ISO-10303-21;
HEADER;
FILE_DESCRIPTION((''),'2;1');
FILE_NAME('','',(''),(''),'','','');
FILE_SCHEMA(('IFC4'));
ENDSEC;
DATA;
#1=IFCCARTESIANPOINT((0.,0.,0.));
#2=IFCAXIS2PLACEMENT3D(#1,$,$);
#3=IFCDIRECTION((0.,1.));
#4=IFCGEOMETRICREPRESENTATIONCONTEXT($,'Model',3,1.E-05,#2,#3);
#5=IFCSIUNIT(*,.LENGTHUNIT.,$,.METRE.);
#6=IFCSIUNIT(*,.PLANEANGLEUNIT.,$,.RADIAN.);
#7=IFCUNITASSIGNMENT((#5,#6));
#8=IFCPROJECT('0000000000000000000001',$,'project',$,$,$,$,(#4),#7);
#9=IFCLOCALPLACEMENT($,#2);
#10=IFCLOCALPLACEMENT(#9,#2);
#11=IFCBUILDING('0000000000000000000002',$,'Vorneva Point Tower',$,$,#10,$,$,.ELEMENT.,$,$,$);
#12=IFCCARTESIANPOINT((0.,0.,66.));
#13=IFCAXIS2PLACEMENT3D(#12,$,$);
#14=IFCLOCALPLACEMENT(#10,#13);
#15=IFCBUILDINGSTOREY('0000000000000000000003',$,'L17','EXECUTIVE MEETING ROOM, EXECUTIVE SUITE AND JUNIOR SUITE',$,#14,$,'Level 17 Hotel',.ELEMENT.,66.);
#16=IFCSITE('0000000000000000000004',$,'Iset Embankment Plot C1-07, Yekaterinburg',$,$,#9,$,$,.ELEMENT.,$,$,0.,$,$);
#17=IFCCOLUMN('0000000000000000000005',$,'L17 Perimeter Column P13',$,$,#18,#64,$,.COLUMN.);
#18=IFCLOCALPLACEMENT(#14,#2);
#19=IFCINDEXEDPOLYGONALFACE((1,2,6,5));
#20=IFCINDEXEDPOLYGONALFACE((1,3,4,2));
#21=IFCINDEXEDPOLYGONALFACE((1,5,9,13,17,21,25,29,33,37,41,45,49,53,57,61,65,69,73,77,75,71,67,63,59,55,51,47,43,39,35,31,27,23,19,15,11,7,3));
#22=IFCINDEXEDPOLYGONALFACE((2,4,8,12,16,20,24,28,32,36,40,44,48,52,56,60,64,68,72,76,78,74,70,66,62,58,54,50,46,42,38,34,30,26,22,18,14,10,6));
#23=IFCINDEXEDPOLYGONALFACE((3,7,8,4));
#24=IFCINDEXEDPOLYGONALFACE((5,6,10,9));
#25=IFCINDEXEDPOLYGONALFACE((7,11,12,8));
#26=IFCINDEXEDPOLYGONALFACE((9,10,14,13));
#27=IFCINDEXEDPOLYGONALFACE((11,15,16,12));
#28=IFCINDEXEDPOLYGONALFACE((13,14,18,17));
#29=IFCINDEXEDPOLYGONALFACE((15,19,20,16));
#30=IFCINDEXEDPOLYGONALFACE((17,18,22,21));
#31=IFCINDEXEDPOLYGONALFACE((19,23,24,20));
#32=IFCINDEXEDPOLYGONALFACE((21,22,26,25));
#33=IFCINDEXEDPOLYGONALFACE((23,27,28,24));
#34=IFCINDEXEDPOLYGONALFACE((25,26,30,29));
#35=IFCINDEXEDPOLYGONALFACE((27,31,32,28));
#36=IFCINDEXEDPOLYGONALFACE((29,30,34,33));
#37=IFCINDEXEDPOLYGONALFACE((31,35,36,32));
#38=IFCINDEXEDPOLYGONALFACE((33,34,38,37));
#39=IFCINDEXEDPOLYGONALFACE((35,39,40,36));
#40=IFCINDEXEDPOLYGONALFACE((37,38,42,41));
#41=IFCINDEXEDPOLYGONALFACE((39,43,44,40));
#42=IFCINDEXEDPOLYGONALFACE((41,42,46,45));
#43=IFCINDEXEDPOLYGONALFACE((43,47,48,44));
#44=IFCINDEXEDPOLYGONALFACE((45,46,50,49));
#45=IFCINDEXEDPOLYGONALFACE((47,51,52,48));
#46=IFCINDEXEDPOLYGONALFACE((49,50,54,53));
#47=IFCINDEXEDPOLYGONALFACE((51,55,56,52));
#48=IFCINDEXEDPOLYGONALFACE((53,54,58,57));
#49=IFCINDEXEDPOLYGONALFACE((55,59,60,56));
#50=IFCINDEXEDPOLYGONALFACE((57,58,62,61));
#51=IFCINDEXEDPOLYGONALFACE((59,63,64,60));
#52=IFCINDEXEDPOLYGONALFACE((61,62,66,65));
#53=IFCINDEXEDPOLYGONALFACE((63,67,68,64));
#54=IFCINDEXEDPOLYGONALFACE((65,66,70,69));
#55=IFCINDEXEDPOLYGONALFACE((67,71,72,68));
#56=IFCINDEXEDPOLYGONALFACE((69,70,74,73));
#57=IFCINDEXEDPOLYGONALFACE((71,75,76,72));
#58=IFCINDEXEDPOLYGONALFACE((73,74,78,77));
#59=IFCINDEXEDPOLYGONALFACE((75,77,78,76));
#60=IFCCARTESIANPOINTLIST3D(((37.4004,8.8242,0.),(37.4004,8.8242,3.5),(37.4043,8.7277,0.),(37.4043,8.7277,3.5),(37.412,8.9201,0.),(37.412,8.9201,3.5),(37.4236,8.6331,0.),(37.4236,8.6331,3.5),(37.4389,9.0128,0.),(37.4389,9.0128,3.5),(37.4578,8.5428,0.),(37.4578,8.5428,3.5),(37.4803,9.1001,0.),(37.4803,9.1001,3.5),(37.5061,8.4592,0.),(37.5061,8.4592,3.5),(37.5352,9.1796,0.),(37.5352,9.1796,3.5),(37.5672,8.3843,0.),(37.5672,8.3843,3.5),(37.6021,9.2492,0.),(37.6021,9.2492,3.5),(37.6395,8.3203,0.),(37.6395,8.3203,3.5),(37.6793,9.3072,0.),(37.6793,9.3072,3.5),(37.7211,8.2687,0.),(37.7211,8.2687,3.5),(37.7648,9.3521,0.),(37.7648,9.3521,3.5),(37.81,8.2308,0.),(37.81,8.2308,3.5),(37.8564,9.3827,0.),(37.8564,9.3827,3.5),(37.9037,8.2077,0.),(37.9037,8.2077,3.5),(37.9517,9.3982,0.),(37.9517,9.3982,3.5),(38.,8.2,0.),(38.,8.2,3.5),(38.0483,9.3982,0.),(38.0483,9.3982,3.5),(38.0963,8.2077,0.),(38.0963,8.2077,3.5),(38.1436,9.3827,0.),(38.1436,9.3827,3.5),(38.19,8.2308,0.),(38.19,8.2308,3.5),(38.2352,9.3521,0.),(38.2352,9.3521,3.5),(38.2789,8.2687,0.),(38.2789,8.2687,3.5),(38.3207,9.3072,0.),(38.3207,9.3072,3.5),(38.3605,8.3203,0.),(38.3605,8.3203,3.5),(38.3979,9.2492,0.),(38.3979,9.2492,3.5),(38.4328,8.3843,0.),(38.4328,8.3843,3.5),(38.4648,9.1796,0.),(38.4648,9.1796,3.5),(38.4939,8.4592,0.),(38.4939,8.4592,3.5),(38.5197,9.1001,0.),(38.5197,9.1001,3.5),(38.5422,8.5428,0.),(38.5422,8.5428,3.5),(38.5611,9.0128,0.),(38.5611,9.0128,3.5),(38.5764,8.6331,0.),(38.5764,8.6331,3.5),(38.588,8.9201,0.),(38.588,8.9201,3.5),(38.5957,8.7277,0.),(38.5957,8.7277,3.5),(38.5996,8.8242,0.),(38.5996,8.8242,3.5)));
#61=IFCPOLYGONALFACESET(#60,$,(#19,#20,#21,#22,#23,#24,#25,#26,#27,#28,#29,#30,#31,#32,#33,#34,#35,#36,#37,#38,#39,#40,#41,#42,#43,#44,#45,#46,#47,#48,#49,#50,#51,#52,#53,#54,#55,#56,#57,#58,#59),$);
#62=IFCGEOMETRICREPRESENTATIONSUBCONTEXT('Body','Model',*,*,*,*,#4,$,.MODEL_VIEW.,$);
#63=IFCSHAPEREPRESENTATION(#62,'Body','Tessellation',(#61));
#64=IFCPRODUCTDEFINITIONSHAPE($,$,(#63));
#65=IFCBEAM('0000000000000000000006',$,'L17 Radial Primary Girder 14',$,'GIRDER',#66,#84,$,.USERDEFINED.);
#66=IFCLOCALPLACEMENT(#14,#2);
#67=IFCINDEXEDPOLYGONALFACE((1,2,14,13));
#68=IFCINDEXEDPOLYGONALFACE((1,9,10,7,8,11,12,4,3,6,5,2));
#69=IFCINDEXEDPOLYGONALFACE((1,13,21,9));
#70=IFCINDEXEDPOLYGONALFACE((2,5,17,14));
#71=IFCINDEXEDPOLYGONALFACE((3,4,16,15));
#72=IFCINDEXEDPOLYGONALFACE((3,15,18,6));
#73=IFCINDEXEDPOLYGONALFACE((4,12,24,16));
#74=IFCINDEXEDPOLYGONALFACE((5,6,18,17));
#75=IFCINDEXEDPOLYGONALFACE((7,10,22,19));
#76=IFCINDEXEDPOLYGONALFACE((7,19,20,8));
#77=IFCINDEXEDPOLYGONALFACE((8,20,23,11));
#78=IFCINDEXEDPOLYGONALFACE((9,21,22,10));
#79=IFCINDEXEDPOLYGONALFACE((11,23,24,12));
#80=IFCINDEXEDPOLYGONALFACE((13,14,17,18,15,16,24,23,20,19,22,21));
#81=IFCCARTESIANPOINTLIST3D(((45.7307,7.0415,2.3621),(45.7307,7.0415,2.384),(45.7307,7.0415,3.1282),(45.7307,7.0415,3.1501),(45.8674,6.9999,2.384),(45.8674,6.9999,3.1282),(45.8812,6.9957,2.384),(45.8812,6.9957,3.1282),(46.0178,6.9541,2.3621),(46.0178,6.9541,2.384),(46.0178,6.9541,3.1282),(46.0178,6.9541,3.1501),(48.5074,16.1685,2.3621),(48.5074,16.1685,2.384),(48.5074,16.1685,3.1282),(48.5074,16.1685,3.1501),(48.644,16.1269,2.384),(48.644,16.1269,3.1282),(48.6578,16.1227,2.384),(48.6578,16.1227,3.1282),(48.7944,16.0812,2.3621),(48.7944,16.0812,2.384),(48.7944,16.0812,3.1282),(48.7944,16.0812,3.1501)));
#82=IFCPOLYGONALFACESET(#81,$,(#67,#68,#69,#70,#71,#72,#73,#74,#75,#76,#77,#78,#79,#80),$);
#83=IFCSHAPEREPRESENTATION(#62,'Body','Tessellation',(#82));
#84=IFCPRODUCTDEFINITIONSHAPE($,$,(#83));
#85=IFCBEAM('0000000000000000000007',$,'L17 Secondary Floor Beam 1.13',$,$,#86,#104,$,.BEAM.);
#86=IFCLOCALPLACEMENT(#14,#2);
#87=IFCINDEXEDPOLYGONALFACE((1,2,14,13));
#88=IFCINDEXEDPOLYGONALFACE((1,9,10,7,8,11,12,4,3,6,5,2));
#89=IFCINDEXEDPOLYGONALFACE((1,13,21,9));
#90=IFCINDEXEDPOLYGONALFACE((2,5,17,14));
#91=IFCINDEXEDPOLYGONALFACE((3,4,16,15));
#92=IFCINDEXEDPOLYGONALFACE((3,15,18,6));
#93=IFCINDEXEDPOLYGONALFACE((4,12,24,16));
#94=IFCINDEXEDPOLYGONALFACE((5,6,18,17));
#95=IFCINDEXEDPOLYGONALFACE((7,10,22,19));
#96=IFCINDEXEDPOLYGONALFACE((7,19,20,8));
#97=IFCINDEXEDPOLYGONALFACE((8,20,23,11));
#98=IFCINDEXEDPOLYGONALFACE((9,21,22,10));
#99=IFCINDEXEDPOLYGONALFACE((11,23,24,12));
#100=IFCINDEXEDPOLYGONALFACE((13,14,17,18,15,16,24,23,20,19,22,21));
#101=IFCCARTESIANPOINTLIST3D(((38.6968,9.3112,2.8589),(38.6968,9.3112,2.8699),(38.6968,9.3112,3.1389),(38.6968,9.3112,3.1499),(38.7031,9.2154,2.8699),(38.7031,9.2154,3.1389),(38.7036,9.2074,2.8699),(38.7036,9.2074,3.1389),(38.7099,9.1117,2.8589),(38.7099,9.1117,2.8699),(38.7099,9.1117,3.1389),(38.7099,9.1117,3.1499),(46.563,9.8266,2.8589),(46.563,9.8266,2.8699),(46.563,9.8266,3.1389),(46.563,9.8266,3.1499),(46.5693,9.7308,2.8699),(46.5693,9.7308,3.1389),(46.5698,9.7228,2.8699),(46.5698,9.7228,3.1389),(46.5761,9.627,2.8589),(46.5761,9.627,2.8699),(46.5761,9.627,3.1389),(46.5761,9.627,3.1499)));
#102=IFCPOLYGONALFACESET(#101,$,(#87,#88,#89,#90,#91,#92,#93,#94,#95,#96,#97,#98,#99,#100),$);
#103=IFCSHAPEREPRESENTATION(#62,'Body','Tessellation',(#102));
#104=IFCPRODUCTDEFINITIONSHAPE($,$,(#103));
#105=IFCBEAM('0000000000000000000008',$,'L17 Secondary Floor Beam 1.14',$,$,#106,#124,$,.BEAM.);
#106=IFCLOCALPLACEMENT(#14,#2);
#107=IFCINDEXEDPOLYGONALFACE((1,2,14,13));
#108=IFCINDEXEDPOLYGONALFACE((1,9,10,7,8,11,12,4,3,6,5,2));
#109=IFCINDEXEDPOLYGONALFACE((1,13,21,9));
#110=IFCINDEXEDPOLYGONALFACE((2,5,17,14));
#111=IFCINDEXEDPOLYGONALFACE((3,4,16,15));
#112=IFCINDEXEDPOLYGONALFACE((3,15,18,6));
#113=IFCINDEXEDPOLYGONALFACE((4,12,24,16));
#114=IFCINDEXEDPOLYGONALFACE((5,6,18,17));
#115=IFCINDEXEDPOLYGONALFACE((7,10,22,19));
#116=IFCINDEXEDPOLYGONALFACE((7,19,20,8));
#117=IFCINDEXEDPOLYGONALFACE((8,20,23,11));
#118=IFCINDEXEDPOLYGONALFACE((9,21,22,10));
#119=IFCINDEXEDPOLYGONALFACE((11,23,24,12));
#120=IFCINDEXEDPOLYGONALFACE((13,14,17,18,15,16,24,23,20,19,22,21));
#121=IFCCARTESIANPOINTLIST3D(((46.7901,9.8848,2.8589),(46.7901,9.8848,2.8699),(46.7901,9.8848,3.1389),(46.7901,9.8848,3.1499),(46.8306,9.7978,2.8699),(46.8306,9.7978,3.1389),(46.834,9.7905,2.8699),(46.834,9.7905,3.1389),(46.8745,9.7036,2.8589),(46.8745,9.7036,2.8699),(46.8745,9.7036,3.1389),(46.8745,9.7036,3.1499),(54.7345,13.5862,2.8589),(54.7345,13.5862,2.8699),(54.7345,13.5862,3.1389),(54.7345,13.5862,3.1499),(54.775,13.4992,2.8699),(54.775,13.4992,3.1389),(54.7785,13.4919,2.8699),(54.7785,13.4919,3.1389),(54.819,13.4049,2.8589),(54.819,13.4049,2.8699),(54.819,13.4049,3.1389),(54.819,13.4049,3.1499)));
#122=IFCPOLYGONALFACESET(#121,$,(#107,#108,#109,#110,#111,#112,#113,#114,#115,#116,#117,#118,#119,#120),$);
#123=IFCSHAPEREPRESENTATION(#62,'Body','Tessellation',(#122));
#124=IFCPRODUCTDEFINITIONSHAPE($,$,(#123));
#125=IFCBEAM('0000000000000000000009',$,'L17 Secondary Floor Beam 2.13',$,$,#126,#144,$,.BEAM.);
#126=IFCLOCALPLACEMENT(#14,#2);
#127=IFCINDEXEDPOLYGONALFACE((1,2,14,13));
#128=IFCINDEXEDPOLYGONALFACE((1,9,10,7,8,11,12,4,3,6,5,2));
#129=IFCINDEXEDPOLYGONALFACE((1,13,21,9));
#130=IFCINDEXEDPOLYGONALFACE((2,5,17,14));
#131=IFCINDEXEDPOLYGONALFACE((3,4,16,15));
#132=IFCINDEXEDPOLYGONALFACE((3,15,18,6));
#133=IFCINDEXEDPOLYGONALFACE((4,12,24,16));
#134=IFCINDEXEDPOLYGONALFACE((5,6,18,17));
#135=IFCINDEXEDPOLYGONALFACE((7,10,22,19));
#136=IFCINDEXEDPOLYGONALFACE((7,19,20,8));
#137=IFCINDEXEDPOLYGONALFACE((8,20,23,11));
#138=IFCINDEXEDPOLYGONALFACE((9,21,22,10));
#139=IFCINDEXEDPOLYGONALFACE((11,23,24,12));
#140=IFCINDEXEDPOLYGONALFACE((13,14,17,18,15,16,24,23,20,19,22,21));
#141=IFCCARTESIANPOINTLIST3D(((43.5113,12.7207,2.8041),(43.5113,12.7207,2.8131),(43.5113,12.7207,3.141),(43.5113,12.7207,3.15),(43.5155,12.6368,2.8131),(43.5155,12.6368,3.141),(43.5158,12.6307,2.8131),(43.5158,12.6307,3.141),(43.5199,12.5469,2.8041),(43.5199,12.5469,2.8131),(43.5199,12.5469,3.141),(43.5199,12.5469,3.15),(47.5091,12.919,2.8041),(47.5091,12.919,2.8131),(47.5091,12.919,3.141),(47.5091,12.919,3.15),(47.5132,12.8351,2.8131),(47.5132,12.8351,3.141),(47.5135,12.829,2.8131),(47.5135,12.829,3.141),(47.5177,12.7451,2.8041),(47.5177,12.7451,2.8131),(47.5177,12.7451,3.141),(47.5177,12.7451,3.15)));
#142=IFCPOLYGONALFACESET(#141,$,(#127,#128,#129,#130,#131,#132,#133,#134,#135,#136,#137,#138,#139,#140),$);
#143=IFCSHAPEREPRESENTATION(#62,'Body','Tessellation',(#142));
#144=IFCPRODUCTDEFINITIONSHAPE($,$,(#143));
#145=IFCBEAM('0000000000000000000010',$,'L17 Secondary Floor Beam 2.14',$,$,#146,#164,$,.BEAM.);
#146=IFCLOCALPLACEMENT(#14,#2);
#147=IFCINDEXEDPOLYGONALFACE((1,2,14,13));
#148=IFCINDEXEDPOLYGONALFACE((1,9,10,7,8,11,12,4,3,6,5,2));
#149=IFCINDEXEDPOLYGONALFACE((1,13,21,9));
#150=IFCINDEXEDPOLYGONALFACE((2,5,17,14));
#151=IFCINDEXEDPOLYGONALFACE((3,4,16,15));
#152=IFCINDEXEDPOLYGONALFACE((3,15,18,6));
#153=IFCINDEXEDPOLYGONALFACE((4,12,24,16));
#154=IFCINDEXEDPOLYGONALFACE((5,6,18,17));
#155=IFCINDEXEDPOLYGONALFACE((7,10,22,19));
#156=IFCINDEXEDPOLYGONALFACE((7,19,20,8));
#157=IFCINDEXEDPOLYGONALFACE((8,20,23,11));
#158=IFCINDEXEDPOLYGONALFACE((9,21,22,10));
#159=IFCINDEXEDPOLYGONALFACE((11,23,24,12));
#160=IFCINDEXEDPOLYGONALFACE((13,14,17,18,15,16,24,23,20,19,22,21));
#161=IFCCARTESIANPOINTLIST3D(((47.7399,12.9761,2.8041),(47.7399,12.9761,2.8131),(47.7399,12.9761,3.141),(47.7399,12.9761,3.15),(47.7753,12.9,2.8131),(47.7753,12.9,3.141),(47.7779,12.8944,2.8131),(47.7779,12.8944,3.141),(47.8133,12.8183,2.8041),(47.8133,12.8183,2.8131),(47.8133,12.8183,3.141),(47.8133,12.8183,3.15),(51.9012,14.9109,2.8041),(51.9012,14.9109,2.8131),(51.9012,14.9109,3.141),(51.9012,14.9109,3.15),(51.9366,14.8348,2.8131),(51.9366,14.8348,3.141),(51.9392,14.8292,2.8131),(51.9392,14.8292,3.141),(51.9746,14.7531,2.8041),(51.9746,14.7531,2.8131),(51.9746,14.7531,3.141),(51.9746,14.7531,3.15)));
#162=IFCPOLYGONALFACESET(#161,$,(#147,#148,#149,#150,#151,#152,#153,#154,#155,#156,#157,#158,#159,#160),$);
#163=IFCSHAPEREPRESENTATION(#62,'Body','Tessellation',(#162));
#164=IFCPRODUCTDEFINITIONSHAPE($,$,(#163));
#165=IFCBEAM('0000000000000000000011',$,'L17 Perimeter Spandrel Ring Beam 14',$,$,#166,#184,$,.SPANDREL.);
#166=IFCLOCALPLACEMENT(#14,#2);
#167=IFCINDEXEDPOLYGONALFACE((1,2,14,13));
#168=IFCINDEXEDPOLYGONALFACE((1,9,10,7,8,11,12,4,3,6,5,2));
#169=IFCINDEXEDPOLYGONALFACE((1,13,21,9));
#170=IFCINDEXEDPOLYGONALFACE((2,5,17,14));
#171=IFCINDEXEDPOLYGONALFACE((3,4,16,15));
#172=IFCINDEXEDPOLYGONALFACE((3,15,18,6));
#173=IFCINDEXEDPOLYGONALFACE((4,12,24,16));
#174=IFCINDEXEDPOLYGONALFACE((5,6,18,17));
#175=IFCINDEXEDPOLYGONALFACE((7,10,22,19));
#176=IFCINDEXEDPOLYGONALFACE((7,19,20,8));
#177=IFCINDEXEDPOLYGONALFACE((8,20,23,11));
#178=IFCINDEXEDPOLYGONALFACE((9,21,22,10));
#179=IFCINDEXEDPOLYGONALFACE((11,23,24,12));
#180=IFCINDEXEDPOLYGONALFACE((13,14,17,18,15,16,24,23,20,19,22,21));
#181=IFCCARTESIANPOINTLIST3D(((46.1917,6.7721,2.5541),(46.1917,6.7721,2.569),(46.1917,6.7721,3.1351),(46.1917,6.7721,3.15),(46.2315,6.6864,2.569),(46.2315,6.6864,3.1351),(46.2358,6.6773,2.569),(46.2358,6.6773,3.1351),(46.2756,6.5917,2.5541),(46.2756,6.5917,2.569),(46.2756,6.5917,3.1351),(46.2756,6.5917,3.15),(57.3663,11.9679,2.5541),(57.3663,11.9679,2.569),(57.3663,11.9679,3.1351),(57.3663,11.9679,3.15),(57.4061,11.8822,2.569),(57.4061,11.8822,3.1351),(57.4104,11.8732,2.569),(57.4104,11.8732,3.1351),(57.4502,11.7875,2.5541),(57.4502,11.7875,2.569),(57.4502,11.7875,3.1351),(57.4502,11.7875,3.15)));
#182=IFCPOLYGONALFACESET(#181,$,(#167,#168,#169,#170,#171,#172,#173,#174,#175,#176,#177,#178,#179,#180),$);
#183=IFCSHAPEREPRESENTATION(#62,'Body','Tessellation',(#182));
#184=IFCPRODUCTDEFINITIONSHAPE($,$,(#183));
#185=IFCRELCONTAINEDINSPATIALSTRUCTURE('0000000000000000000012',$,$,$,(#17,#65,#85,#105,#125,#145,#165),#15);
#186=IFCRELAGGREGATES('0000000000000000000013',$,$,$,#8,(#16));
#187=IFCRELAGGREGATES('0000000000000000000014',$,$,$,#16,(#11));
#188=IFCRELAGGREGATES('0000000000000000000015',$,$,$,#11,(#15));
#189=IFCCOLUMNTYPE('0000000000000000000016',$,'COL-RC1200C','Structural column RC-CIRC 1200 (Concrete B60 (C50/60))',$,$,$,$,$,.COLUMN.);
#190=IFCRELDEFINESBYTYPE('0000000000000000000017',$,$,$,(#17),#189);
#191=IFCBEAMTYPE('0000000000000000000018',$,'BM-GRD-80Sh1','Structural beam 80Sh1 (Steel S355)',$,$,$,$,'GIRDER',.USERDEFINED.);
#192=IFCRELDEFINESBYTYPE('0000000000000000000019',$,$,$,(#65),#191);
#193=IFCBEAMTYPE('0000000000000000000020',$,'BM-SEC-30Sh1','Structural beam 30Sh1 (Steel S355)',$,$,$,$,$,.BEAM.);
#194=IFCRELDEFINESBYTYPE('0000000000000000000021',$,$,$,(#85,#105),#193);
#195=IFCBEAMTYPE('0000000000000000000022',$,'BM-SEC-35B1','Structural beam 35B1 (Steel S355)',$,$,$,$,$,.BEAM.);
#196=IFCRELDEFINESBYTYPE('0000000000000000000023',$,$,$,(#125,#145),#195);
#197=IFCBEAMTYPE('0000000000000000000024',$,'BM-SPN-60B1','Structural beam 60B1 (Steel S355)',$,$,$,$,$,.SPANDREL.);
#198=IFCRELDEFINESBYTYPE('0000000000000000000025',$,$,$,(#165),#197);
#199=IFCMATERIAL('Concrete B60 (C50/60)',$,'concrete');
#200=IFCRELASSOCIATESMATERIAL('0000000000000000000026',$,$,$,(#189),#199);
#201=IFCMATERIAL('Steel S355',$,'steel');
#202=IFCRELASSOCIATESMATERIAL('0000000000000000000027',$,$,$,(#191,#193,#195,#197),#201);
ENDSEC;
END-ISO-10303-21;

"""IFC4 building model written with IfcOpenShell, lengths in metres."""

from ifc_helpers import new_model, si_unit, direction, frame, origin, origin_2d, place, context, subcontext, project, spatial, circle, i_section, extrude, material, material_profile, profile_set, type_object, element, save


model = new_model("IFC4")

# Units and contexts
model_context = context("Model", 3, precision=1e-05, world=origin(), true_north=direction((0.0, 1.0)))
body_context = subcontext(model_context, "Body", "Model", "MODEL_VIEW")
ifc_project = project(units=[si_unit("LENGTHUNIT", "METRE"), si_unit("PLANEANGLEUNIT", "RADIAN")], contexts=[model_context])

# Site, building, storey
site_placement = place(None, origin())
site = spatial("IfcSite", under=ifc_project, at=site_placement, Name="Iset Embankment Plot C1-07, Yekaterinburg", CompositionType="ELEMENT", RefElevation=0.0)
building_placement = place(site_placement, origin())
building = spatial("IfcBuilding", under=site, at=building_placement, Name="Vorneva Point Tower", CompositionType="ELEMENT")
storey_placement = place(building_placement, frame((0.0, 0.0, 66.0)))
storey = spatial("IfcBuildingStorey", under=building, at=storey_placement, Name="L17", Description="EXECUTIVE MEETING ROOM, EXECUTIVE SUITE AND JUNIOR SUITE", LongName="Level 17 Hotel", CompositionType="ELEMENT", Elevation=66.0)

# Column
ifc_material_1 = material(Name="Concrete B60 (C50/60)", Category="concrete")
ifc_material_profile_1 = material_profile(ifc_material_1, circle(Radius=0.6001, at=origin_2d()), Name="RC-CIRC 1200")
ifc_profile_set_1 = profile_set([ifc_material_profile_1], Name="Concrete B60 (C50/60)")
column_type = type_object("IfcColumnType", Name="COL-RC1200C", Description="Structural column RC-CIRC 1200 (Concrete B60 (C50/60))", PredefinedType="COLUMN", material=ifc_profile_set_1)
for number, where, z_axis, x_axis, name in (
    (1, (38.0, 8.8, 0.0), (0.0, 0.0, 1.0), (0.0, -1.0, 0.0), "L17 Perimeter Column P13"),
):
    element("IfcColumn", number, at=place(storey_placement, frame(where, z_axis=z_axis, x_axis=x_axis)), inside=storey, type_object=column_type, Name=name, PredefinedType="COLUMN", context=body_context, shape_type="SweptSolid", body=[
        extrude(circle(Radius=0.6001, at=origin_2d()), origin(), (0.0, 0.0, 1.0), 3.5),
    ])

# Beams
ifc_material_2 = material(Name="Steel S355", Category="steel")
ifc_material_profile_2 = material_profile(ifc_material_2, i_section(OverallWidth=0.3, OverallDepth=0.7881, WebThickness=0.0144, FlangeThickness=0.022, at=origin_2d()), Name="80Sh1")
ifc_profile_set_2 = profile_set([ifc_material_profile_2], Name="Steel S355")
beam_type_1 = type_object("IfcBeamType", Name="BM-GRD-80Sh1", Description="Structural beam 80Sh1 (Steel S355)", ElementType="GIRDER", PredefinedType="USERDEFINED", material=ifc_profile_set_2)
beam_1_placement = place(storey_placement, frame((45.8743, 6.9978, 2.7561), z_axis=(0.291051, 0.956708, 0.0), x_axis=(-0.956708, 0.291051, 0.0)))
element("IfcBeam", 2, at=beam_1_placement, inside=storey, type_object=beam_type_1, Name="L17 Radial Primary Girder 14", ObjectType="GIRDER", PredefinedType="USERDEFINED", context=body_context, shape_type="SweptSolid", body=[
    extrude(i_section(OverallWidth=0.3, OverallDepth=0.7881, WebThickness=0.0144, FlangeThickness=0.022, at=origin_2d()), origin(), (0.0, 0.0, 1.0), 9.54),
])
ifc_material_profile_3 = material_profile(ifc_material_2, i_section(OverallWidth=0.2, OverallDepth=0.291, WebThickness=0.0081, FlangeThickness=0.011, at=origin_2d()), Name="30Sh1")
ifc_profile_set_3 = profile_set([ifc_material_profile_3], Name="Steel S355")
beam_type_2 = type_object("IfcBeamType", Name="BM-SEC-30Sh1", Description="Structural beam 30Sh1 (Steel S355)", PredefinedType="BEAM", material=ifc_profile_set_3)
beam_2_placement = place(storey_placement, frame((38.7034, 9.2114, 3.0044), z_axis=(0.997861, 0.065378, 0.0), x_axis=(-0.065378, 0.997861, 0.0)))
element("IfcBeam", 3, at=beam_2_placement, inside=storey, type_object=beam_type_2, Name="L17 Secondary Floor Beam 1.13", PredefinedType="BEAM", context=body_context, shape_type="SweptSolid", body=[
    extrude(i_section(OverallWidth=0.2, OverallDepth=0.291, WebThickness=0.0081, FlangeThickness=0.011, at=origin_2d()), origin(), (0.0, 0.0, 1.0), 7.8831),
])
beam_3_placement = place(storey_placement, frame((46.8323, 9.7942, 3.0044), z_axis=(0.906448, 0.422318, 0.0), x_axis=(-0.422318, 0.906448, 0.0)))
element("IfcBeam", 4, at=beam_3_placement, inside=storey, type_object=beam_type_2, Name="L17 Secondary Floor Beam 1.14", PredefinedType="BEAM", context=body_context, shape_type="SweptSolid", body=[
    extrude(i_section(OverallWidth=0.2, OverallDepth=0.291, WebThickness=0.0081, FlangeThickness=0.011, at=origin_2d()), origin(), (0.0, 0.0, 1.0), 8.7644),
])
ifc_material_profile_4 = material_profile(ifc_material_2, i_section(OverallWidth=0.1741, OverallDepth=0.3459, WebThickness=0.0061, FlangeThickness=0.009, at=origin_2d()), Name="35B1")
ifc_profile_set_4 = profile_set([ifc_material_profile_4], Name="Steel S355")
beam_type_3 = type_object("IfcBeamType", Name="BM-SEC-35B1", Description="Structural beam 35B1 (Steel S355)", PredefinedType="BEAM", material=ifc_profile_set_4)
beam_4_placement = place(storey_placement, frame((43.5156, 12.6338, 2.9771), z_axis=(0.998773, 0.049527, 0.0), x_axis=(-0.049527, 0.998773, 0.0)))
element("IfcBeam", 5, at=beam_4_placement, inside=storey, type_object=beam_type_3, Name="L17 Secondary Floor Beam 2.13", PredefinedType="BEAM", context=body_context, shape_type="SweptSolid", body=[
    extrude(i_section(OverallWidth=0.1741, OverallDepth=0.3459, WebThickness=0.0061, FlangeThickness=0.009, at=origin_2d()), origin(), (0.0, 0.0, 1.0), 4.0027),
])
beam_5_placement = place(storey_placement, frame((47.7766, 12.8972, 2.9771), z_axis=(0.90678, 0.421604, 0.0), x_axis=(-0.421604, 0.90678, 0.0)))
element("IfcBeam", 6, at=beam_5_placement, inside=storey, type_object=beam_type_3, Name="L17 Secondary Floor Beam 2.14", PredefinedType="BEAM", context=body_context, shape_type="SweptSolid", body=[
    extrude(i_section(OverallWidth=0.1741, OverallDepth=0.3459, WebThickness=0.0061, FlangeThickness=0.009, at=origin_2d()), origin(), (0.0, 0.0, 1.0), 4.5891),
])
ifc_material_profile_5 = material_profile(ifc_material_2, i_section(OverallWidth=0.199, OverallDepth=0.5959, WebThickness=0.01, FlangeThickness=0.0149, at=origin_2d()), Name="60B1")
ifc_profile_set_5 = profile_set([ifc_material_profile_5], Name="Steel S355")
beam_type_4 = type_object("IfcBeamType", Name="BM-SPN-60B1", Description="Structural beam 60B1 (Steel S355)", PredefinedType="SPANDREL", material=ifc_profile_set_5)
beam_6_placement = place(storey_placement, frame((46.2336, 6.6819, 2.8521), z_axis=(0.906773, 0.421619, 0.0), x_axis=(-0.421619, 0.906773, 0.0)))
element("IfcBeam", 7, at=beam_6_placement, inside=storey, type_object=beam_type_4, Name="L17 Perimeter Spandrel Ring Beam 14", PredefinedType="SPANDREL", context=body_context, shape_type="SweptSolid", body=[
    extrude(i_section(OverallWidth=0.199, OverallDepth=0.5959, WebThickness=0.01, FlangeThickness=0.0149, at=origin_2d()), origin(), (0.0, 0.0, 1.0), 12.3235),
])

save(model, "model.ifc")
